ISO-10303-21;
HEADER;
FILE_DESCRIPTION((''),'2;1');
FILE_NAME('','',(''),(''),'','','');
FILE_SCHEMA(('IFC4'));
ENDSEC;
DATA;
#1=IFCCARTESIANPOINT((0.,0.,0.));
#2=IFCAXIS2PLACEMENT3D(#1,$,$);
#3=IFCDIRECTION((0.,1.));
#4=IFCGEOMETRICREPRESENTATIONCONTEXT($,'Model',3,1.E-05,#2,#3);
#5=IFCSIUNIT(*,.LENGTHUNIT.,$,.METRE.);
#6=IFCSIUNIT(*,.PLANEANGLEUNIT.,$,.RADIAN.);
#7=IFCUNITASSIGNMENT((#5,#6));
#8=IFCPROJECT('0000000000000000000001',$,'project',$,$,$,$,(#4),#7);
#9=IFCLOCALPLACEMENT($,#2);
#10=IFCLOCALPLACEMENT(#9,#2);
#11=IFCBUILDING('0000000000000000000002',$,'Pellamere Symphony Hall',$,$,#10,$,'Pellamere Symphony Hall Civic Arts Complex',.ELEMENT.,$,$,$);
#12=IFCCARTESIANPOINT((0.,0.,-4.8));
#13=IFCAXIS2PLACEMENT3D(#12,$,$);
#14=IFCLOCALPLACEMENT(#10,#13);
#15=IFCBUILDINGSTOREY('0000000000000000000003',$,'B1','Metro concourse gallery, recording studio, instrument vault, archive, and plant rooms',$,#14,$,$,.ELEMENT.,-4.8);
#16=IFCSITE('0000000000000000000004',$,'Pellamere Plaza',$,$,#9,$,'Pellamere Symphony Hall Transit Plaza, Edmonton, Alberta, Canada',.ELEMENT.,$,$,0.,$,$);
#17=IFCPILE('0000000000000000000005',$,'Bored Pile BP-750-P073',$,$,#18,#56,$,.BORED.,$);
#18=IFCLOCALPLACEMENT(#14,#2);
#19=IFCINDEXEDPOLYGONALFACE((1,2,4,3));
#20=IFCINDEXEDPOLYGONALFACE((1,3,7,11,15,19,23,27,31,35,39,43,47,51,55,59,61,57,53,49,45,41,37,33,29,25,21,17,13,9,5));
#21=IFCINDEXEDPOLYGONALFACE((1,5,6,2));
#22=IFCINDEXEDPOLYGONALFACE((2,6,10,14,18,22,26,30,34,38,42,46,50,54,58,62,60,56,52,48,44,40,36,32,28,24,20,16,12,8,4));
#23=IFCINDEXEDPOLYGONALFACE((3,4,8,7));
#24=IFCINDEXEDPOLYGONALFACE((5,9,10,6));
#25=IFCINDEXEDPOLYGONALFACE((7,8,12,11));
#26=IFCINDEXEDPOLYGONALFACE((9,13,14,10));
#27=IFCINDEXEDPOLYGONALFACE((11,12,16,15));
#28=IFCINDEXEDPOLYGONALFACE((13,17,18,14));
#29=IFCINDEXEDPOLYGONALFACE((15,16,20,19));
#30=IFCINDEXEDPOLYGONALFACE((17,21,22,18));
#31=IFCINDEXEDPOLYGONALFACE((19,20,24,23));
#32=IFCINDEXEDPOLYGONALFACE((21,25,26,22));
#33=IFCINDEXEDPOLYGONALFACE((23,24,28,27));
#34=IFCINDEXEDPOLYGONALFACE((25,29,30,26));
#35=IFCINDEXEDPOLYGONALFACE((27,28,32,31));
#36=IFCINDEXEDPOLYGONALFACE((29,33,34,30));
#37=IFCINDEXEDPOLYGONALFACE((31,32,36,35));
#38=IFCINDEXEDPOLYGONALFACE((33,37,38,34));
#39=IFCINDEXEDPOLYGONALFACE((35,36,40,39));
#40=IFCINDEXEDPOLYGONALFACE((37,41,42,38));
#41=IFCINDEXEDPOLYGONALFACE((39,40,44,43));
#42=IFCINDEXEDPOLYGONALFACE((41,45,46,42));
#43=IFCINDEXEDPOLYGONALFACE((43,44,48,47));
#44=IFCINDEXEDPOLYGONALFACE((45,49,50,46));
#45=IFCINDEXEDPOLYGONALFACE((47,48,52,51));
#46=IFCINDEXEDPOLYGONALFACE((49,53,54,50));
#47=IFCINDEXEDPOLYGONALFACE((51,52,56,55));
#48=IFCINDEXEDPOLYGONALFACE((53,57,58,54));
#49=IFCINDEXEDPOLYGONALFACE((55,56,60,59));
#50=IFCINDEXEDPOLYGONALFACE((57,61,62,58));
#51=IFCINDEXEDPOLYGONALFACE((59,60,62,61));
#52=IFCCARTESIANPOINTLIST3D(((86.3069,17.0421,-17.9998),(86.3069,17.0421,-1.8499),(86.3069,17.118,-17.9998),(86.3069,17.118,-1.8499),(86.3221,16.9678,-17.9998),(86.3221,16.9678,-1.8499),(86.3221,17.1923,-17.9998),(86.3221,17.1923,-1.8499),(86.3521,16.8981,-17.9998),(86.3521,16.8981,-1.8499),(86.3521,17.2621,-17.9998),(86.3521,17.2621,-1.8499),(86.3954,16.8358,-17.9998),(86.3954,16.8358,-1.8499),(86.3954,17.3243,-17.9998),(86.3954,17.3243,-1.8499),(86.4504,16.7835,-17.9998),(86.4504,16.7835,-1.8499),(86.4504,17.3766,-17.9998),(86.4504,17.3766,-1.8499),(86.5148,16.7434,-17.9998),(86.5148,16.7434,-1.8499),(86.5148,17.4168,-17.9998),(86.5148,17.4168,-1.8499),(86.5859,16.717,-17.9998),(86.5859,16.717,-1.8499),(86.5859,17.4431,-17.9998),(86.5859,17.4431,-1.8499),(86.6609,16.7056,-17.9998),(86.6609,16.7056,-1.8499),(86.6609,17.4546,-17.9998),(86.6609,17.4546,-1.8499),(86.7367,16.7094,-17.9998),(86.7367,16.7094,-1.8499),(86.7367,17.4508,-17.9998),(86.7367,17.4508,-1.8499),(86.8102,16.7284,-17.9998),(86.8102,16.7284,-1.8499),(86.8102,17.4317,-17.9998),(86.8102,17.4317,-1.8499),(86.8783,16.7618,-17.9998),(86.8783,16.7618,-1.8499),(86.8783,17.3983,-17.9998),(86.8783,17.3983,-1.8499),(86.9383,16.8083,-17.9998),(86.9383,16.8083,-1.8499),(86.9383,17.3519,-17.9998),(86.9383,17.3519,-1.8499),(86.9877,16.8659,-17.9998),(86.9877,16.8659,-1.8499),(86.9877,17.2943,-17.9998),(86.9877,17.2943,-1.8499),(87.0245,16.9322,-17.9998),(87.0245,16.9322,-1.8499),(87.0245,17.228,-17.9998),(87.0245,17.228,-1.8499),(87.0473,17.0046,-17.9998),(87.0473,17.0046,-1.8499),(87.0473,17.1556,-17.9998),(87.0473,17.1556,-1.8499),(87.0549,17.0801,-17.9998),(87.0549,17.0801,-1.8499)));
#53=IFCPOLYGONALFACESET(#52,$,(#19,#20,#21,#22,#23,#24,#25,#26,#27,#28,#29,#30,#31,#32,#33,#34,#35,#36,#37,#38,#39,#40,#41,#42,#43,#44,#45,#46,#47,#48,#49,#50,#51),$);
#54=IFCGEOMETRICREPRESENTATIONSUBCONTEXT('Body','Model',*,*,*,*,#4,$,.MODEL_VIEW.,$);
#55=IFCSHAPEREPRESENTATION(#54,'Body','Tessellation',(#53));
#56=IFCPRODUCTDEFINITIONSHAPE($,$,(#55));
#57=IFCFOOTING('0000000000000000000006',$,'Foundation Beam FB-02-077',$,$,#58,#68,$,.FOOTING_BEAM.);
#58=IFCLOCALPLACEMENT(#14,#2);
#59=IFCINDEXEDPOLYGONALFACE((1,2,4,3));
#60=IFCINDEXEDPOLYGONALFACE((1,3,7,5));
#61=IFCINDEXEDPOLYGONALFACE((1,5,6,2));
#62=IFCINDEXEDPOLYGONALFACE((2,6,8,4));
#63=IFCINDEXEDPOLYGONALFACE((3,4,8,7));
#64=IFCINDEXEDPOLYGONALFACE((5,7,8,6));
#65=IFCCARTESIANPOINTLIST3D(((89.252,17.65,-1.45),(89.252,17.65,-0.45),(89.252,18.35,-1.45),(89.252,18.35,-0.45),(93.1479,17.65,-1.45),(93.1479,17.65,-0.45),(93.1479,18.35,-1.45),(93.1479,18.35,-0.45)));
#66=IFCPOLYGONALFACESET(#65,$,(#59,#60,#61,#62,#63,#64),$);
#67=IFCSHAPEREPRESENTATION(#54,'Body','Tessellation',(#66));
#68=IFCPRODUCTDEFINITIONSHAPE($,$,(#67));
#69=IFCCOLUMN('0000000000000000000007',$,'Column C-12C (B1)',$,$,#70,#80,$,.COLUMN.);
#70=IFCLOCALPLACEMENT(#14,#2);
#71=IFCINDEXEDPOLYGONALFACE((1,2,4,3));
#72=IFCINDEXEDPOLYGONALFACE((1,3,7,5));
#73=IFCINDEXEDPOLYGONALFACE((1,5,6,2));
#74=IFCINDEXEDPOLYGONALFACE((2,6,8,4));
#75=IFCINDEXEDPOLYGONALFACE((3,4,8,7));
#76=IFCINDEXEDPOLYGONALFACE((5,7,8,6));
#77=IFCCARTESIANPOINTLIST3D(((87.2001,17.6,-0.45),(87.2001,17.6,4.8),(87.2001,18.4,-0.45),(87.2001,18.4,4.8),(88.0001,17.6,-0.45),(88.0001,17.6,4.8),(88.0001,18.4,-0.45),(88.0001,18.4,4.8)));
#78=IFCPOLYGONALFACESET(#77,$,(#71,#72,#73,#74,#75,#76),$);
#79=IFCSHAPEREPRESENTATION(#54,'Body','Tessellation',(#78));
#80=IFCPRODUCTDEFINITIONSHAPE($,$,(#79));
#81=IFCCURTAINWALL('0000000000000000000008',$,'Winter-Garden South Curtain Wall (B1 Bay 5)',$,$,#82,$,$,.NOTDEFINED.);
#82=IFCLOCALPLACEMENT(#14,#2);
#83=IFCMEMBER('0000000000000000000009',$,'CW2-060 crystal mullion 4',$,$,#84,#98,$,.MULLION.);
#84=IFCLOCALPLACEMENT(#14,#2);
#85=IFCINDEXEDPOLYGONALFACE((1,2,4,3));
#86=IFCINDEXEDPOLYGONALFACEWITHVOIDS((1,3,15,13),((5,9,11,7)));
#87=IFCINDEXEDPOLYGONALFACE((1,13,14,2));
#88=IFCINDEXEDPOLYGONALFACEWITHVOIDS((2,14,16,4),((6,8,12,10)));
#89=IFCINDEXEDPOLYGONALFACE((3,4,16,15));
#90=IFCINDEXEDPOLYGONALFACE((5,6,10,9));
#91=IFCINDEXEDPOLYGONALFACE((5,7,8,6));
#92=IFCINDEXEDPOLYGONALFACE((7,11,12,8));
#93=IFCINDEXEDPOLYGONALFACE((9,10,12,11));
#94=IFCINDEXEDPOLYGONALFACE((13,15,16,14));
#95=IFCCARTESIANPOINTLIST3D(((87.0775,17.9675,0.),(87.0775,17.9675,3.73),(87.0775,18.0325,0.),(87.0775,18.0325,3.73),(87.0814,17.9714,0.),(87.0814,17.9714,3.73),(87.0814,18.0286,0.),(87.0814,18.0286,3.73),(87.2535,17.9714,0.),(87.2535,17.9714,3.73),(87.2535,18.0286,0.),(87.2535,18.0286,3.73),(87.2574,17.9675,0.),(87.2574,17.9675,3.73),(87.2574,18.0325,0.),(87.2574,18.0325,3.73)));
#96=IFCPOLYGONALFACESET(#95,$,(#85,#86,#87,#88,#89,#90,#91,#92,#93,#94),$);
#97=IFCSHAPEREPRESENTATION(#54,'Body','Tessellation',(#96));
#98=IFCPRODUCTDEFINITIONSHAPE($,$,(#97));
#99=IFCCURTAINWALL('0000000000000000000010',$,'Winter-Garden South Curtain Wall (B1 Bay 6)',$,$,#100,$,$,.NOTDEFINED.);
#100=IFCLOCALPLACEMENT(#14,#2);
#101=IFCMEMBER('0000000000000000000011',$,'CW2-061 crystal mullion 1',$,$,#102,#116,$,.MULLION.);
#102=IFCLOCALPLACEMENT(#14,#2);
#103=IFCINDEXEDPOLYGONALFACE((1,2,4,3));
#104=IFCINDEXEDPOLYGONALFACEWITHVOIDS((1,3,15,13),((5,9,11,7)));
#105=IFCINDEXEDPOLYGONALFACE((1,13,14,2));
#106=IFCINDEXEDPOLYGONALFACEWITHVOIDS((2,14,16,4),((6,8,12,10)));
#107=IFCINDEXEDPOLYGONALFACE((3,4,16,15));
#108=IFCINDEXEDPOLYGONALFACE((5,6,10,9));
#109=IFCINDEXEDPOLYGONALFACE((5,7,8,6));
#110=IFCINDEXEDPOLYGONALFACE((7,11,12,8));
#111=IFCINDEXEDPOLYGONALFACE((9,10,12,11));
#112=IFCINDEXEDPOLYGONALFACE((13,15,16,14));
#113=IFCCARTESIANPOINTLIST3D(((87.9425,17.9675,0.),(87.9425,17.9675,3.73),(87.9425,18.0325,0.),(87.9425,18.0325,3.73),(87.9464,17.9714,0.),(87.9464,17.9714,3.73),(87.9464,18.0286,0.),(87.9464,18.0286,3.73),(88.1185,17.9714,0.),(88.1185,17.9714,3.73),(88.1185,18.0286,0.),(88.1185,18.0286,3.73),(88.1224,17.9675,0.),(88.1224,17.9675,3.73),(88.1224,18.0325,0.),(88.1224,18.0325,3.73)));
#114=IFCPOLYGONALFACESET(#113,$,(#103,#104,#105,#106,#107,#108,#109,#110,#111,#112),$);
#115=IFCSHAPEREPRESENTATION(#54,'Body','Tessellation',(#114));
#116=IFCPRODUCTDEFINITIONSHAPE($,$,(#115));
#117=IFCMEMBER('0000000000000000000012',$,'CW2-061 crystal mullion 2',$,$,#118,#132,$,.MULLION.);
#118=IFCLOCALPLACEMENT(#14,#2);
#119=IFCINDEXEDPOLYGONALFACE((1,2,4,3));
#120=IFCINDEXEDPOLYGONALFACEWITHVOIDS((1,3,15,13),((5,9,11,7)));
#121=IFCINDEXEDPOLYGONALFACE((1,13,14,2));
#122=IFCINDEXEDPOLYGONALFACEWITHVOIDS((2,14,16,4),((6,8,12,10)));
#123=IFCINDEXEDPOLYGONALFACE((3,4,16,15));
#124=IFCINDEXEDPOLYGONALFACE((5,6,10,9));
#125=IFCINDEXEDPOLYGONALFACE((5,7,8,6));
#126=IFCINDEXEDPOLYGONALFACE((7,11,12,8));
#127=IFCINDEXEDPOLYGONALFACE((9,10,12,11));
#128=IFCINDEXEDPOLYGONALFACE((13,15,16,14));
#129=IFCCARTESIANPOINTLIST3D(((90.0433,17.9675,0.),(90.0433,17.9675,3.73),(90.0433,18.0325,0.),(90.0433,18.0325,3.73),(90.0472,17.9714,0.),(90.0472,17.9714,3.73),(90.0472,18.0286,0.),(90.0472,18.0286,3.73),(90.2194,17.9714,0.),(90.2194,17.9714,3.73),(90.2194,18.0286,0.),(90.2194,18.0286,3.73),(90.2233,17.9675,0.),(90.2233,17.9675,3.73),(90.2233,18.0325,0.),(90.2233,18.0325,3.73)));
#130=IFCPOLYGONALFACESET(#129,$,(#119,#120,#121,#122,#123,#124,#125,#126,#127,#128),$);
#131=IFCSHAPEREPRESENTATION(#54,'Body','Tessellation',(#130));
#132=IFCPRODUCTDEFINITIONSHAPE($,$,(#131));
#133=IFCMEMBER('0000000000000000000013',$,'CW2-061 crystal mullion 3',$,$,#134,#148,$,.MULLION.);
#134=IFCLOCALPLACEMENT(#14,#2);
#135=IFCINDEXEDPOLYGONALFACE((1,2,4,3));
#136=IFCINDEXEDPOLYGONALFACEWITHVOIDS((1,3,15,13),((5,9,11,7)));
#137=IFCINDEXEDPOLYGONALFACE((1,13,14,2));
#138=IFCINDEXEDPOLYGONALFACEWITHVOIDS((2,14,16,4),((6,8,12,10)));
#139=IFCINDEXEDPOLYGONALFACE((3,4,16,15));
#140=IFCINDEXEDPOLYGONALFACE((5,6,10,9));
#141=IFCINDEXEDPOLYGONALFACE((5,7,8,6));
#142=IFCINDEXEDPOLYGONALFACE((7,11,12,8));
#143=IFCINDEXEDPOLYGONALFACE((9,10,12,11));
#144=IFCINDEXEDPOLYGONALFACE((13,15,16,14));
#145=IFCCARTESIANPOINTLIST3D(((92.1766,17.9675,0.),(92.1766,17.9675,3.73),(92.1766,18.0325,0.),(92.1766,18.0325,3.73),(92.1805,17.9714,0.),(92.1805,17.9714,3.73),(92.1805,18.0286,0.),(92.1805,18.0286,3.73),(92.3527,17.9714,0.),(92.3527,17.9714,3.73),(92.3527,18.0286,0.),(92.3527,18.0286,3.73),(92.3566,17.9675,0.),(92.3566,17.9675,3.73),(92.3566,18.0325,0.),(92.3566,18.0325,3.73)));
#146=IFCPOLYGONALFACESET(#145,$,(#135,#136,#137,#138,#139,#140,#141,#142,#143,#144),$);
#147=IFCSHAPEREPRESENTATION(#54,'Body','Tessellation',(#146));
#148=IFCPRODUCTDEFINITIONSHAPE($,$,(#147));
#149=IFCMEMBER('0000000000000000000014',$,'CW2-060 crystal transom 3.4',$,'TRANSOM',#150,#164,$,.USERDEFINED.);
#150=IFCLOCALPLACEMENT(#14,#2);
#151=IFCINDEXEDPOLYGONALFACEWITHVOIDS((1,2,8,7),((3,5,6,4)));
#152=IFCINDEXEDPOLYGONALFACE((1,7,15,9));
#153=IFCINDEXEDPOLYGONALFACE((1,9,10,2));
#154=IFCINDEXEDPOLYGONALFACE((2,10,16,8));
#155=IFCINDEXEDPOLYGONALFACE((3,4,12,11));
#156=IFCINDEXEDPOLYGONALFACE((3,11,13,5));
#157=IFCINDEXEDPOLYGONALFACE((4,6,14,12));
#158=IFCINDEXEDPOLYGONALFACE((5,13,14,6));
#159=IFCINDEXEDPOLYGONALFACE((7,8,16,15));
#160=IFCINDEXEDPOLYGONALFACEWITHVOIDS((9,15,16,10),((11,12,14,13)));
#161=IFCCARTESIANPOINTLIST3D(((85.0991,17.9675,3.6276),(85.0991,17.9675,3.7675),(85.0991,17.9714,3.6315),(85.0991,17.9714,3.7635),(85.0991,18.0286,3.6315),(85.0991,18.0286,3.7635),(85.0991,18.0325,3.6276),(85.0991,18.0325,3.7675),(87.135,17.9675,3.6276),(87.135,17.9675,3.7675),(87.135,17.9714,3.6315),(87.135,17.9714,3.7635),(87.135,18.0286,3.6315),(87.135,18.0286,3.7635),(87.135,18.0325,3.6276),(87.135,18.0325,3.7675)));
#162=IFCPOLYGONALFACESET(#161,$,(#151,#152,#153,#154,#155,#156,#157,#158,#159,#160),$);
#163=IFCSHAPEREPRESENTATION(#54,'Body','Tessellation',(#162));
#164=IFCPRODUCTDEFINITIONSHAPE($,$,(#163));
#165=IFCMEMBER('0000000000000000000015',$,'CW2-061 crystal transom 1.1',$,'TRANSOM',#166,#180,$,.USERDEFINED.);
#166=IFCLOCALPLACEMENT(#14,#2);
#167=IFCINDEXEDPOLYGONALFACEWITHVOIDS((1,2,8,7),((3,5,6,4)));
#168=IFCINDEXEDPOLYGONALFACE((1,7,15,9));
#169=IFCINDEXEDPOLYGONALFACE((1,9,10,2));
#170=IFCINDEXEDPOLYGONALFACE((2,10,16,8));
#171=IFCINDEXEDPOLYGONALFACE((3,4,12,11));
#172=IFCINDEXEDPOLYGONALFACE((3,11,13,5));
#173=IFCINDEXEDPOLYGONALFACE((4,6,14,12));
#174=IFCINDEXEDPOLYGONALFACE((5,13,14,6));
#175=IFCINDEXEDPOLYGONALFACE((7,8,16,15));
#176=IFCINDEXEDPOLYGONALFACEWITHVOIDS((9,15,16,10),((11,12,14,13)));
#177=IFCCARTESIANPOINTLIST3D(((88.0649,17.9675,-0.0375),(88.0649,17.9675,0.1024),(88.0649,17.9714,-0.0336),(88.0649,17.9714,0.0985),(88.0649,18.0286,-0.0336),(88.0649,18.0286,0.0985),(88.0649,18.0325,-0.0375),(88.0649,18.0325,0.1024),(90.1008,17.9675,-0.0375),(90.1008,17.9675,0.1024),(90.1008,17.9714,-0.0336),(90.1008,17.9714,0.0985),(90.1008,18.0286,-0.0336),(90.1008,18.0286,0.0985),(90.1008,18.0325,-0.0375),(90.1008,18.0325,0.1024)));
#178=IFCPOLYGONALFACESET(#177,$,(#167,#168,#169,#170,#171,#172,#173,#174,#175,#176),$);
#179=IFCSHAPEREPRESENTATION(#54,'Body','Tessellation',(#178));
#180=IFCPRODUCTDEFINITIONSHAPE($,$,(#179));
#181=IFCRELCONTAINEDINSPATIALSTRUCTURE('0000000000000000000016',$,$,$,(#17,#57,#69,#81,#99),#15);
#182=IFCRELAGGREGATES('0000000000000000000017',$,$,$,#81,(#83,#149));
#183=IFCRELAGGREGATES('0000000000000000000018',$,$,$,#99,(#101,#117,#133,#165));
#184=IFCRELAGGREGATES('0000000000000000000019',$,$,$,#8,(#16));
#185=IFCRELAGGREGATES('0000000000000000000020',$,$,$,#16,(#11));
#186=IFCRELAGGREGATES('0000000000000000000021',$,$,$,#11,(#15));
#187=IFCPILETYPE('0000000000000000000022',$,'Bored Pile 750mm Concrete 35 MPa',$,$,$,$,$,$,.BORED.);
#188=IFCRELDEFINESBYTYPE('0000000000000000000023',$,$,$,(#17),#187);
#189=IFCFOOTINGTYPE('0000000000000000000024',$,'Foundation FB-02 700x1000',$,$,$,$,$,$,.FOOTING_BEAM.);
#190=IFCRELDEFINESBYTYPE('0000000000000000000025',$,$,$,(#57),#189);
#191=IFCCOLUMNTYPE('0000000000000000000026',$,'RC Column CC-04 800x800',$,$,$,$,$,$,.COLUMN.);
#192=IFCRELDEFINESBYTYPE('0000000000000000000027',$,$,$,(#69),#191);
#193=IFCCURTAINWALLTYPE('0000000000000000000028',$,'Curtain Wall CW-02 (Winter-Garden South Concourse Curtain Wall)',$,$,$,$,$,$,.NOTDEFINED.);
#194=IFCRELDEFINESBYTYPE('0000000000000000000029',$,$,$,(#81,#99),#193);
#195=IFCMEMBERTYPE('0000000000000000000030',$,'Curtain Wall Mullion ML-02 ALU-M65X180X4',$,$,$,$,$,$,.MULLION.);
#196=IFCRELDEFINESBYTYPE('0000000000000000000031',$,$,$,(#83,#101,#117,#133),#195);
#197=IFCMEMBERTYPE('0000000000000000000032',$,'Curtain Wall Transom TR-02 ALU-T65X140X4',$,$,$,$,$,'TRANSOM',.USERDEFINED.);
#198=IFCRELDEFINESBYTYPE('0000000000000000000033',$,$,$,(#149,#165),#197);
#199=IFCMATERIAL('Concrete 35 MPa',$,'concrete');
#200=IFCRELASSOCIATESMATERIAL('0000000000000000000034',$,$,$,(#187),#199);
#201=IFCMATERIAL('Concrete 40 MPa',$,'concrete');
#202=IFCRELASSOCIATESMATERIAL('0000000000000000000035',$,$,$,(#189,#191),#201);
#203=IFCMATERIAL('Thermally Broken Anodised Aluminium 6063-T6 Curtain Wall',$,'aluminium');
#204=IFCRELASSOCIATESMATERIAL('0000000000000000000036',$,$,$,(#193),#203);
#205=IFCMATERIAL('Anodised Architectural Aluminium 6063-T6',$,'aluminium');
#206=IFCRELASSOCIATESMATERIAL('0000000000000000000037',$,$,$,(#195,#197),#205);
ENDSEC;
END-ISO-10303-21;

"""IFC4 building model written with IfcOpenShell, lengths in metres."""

from ifc_helpers import new_model, si_unit, direction, frame, origin, origin_2d, place, context, subcontext, project, spatial, rectangle, hollow_rectangle, circle, extrude, material, material_profile, profile_set, type_object, element, aggregate, save


model = new_model("IFC4")

# Units and contexts
model_context = context("Model", 3, precision=1e-05, world=origin(), true_north=direction((0.0, 1.0)))
body_context = subcontext(model_context, "Body", "Model", "MODEL_VIEW")
ifc_project = project(units=[si_unit("LENGTHUNIT", "METRE"), si_unit("PLANEANGLEUNIT", "RADIAN")], contexts=[model_context])

# Site, building, storey
site_placement = place(None, origin())
site = spatial("IfcSite", under=ifc_project, at=site_placement, Name="Pellamere Plaza", LongName="Pellamere Symphony Hall Transit Plaza, Edmonton, Alberta, Canada", CompositionType="ELEMENT", RefElevation=0.0)
building_placement = place(site_placement, origin())
building = spatial("IfcBuilding", under=site, at=building_placement, Name="Pellamere Symphony Hall", LongName="Pellamere Symphony Hall Civic Arts Complex", CompositionType="ELEMENT")
storey_placement = place(building_placement, frame((0.0, 0.0, -4.8)))
storey = spatial("IfcBuildingStorey", under=building, at=storey_placement, Name="B1", Description="Metro concourse gallery, recording studio, instrument vault, archive, and plant rooms", CompositionType="ELEMENT", Elevation=-4.8)

# Pile
ifc_material_1 = material(Name="Concrete 35 MPa", Category="concrete")
ifc_material_profile_1 = material_profile(ifc_material_1, circle(Radius=0.375, at=origin_2d()), Name="PILE D750")
ifc_profile_set_1 = profile_set([ifc_material_profile_1], Name="Concrete 35 MPa")
pile_type = type_object("IfcPileType", Name="Bored Pile 750mm Concrete 35 MPa", PredefinedType="BORED", material=ifc_profile_set_1)
pile_placement = place(storey_placement, frame((86.6799, 17.0801, -1.8499), z_axis=(0.0, 0.0, -1.0), x_axis=(1.0, 0.0, 0.0)))
element("IfcPile", 1, at=pile_placement, inside=storey, type_object=pile_type, Name="Bored Pile BP-750-P073", PredefinedType="BORED", context=body_context, shape_type="SweptSolid", body=[
    extrude(circle(Radius=0.375, at=origin_2d()), origin(), (0.0, 0.0, 1.0), 16.1499),
])

# Footing
ifc_material_2 = material(Name="Concrete 40 MPa", Category="concrete")
ifc_material_profile_2 = material_profile(ifc_material_2, rectangle(XDim=0.7, YDim=1.0, at=origin_2d()), Name="RC 700x1000")
ifc_profile_set_2 = profile_set([ifc_material_profile_2], Name="Concrete 40 MPa")
footing_type = type_object("IfcFootingType", Name="Foundation FB-02 700x1000", PredefinedType="FOOTING_BEAM", material=ifc_profile_set_2)
footing_placement = place(storey_placement, frame((89.252, 18.0, -0.95), z_axis=(1.0, 0.0, 0.0), x_axis=(0.0, 1.0, 0.0)))
element("IfcFooting", 2, at=footing_placement, inside=storey, type_object=footing_type, Name="Foundation Beam FB-02-077", PredefinedType="FOOTING_BEAM", context=body_context, shape_type="SweptSolid", body=[
    extrude(rectangle(XDim=0.7, YDim=1.0, at=origin_2d()), origin(), (0.0, 0.0, 1.0), 3.896),
])

# Column
ifc_material_profile_3 = material_profile(ifc_material_2, rectangle(XDim=0.8, YDim=0.8, at=origin_2d()), Name="RC 800x800")
ifc_profile_set_3 = profile_set([ifc_material_profile_3], Name="Concrete 40 MPa")
column_type = type_object("IfcColumnType", Name="RC Column CC-04 800x800", PredefinedType="COLUMN", material=ifc_profile_set_3)
column_placement = place(storey_placement, frame((87.6001, 18.0, -0.45), z_axis=(0.0, 0.0, 1.0), x_axis=(1.0, 0.0, 0.0)))
element("IfcColumn", 3, at=column_placement, inside=storey, type_object=column_type, Name="Column C-12C (B1)", PredefinedType="COLUMN", context=body_context, shape_type="SweptSolid", body=[
    extrude(rectangle(XDim=0.8, YDim=0.8, at=origin_2d()), origin(), (0.0, 0.0, 1.0), 5.25),
])

# Curtain wall, member
ifc_material_3 = material(Name="Thermally Broken Anodised Aluminium 6063-T6 Curtain Wall", Category="aluminium")
curtain_wall_type = type_object("IfcCurtainWallType", Name="Curtain Wall CW-02 (Winter-Garden South Concourse Curtain Wall)", PredefinedType="NOTDEFINED", material=ifc_material_3)
curtain_wall_1_placement = place(storey_placement, origin())
curtain_wall_1 = element("IfcCurtainWall", 4, at=curtain_wall_1_placement, inside=storey, type_object=curtain_wall_type, Name="Winter-Garden South Curtain Wall (B1 Bay 5)", PredefinedType="NOTDEFINED")
ifc_material_4 = material(Name="Anodised Architectural Aluminium 6063-T6", Category="aluminium")
ifc_material_profile_4 = material_profile(ifc_material_4, hollow_rectangle(XDim=0.0649, YDim=0.1799, WallThickness=0.0039, at=origin_2d()), Name="ALU-M65X180X4")
ifc_profile_set_4 = profile_set([ifc_material_profile_4], Name="Anodised Architectural Aluminium 6063-T6")
member_type_1 = type_object("IfcMemberType", Name="Curtain Wall Mullion ML-02 ALU-M65X180X4", PredefinedType="MULLION", material=ifc_profile_set_4)
member_1_placement = place(storey_placement, frame((87.1675, 18.0, 0.0), z_axis=(0.0, 0.0, 1.0), x_axis=(0.0, 1.0, 0.0)))
member_1 = element("IfcMember", 5, at=member_1_placement, type_object=member_type_1, Name="CW2-060 crystal mullion 4", PredefinedType="MULLION", context=body_context, shape_type="SweptSolid", body=[
    extrude(hollow_rectangle(XDim=0.0649, YDim=0.1799, WallThickness=0.0039, at=origin_2d()), origin(), (0.0, 0.0, 1.0), 3.73),
])

# Curtain wall, members
curtain_wall_2_placement = place(storey_placement, origin())
curtain_wall_2 = element("IfcCurtainWall", 6, at=curtain_wall_2_placement, inside=storey, type_object=curtain_wall_type, Name="Winter-Garden South Curtain Wall (B1 Bay 6)", PredefinedType="NOTDEFINED")
member_2_placement = place(storey_placement, frame((88.0325, 18.0, 0.0), z_axis=(0.0, 0.0, 1.0), x_axis=(0.0, 1.0, 0.0)))
member_2 = element("IfcMember", 7, at=member_2_placement, type_object=member_type_1, Name="CW2-061 crystal mullion 1", PredefinedType="MULLION", context=body_context, shape_type="SweptSolid", body=[
    extrude(hollow_rectangle(XDim=0.0649, YDim=0.1799, WallThickness=0.0039, at=origin_2d()), origin(), (0.0, 0.0, 1.0), 3.73),
])
member_3_placement = place(storey_placement, frame((90.1333, 18.0, 0.0), z_axis=(0.0, 0.0, 1.0), x_axis=(0.0, 1.0, 0.0)))
member_3 = element("IfcMember", 8, at=member_3_placement, type_object=member_type_1, Name="CW2-061 crystal mullion 2", PredefinedType="MULLION", context=body_context, shape_type="SweptSolid", body=[
    extrude(hollow_rectangle(XDim=0.0649, YDim=0.1799, WallThickness=0.0039, at=origin_2d()), origin(), (0.0, 0.0, 1.0), 3.73),
])
member_4_placement = place(storey_placement, frame((92.2666, 18.0, 0.0), z_axis=(0.0, 0.0, 1.0), x_axis=(0.0, 1.0, 0.0)))
member_4 = element("IfcMember", 9, at=member_4_placement, type_object=member_type_1, Name="CW2-061 crystal mullion 3", PredefinedType="MULLION", context=body_context, shape_type="SweptSolid", body=[
    extrude(hollow_rectangle(XDim=0.0649, YDim=0.1799, WallThickness=0.0039, at=origin_2d()), origin(), (0.0, 0.0, 1.0), 3.73),
])

# Members
ifc_material_profile_5 = material_profile(ifc_material_4, hollow_rectangle(XDim=0.0649, YDim=0.1399, WallThickness=0.0039, at=origin_2d()), Name="ALU-T65X140X4")
ifc_profile_set_5 = profile_set([ifc_material_profile_5], Name="Anodised Architectural Aluminium 6063-T6")
member_type_2 = type_object("IfcMemberType", Name="Curtain Wall Transom TR-02 ALU-T65X140X4", ElementType="TRANSOM", PredefinedType="USERDEFINED", material=ifc_profile_set_5)
member_5_placement = place(storey_placement, frame((85.0991, 18.0, 3.6975), z_axis=(1.0, 0.0, 0.0), x_axis=(0.0, 1.0, 0.0)))
member_5 = element("IfcMember", 10, at=member_5_placement, type_object=member_type_2, Name="CW2-060 crystal transom 3.4", ObjectType="TRANSOM", PredefinedType="USERDEFINED", context=body_context, shape_type="SweptSolid", body=[
    extrude(hollow_rectangle(XDim=0.0649, YDim=0.1399, WallThickness=0.0039, at=origin_2d()), origin(), (0.0, 0.0, 1.0), 2.0359),
])
member_6_placement = place(storey_placement, frame((88.0649, 18.0, 0.0325), z_axis=(1.0, 0.0, 0.0), x_axis=(0.0, 1.0, 0.0)))
member_6 = element("IfcMember", 11, at=member_6_placement, type_object=member_type_2, Name="CW2-061 crystal transom 1.1", ObjectType="TRANSOM", PredefinedType="USERDEFINED", context=body_context, shape_type="SweptSolid", body=[
    extrude(hollow_rectangle(XDim=0.0649, YDim=0.1399, WallThickness=0.0039, at=origin_2d()), origin(), (0.0, 0.0, 1.0), 2.0359),
])

aggregate(curtain_wall_1, [member_1, member_5])
aggregate(curtain_wall_2, [member_2, member_3, member_4, member_6])

save(model, "model.ifc")
